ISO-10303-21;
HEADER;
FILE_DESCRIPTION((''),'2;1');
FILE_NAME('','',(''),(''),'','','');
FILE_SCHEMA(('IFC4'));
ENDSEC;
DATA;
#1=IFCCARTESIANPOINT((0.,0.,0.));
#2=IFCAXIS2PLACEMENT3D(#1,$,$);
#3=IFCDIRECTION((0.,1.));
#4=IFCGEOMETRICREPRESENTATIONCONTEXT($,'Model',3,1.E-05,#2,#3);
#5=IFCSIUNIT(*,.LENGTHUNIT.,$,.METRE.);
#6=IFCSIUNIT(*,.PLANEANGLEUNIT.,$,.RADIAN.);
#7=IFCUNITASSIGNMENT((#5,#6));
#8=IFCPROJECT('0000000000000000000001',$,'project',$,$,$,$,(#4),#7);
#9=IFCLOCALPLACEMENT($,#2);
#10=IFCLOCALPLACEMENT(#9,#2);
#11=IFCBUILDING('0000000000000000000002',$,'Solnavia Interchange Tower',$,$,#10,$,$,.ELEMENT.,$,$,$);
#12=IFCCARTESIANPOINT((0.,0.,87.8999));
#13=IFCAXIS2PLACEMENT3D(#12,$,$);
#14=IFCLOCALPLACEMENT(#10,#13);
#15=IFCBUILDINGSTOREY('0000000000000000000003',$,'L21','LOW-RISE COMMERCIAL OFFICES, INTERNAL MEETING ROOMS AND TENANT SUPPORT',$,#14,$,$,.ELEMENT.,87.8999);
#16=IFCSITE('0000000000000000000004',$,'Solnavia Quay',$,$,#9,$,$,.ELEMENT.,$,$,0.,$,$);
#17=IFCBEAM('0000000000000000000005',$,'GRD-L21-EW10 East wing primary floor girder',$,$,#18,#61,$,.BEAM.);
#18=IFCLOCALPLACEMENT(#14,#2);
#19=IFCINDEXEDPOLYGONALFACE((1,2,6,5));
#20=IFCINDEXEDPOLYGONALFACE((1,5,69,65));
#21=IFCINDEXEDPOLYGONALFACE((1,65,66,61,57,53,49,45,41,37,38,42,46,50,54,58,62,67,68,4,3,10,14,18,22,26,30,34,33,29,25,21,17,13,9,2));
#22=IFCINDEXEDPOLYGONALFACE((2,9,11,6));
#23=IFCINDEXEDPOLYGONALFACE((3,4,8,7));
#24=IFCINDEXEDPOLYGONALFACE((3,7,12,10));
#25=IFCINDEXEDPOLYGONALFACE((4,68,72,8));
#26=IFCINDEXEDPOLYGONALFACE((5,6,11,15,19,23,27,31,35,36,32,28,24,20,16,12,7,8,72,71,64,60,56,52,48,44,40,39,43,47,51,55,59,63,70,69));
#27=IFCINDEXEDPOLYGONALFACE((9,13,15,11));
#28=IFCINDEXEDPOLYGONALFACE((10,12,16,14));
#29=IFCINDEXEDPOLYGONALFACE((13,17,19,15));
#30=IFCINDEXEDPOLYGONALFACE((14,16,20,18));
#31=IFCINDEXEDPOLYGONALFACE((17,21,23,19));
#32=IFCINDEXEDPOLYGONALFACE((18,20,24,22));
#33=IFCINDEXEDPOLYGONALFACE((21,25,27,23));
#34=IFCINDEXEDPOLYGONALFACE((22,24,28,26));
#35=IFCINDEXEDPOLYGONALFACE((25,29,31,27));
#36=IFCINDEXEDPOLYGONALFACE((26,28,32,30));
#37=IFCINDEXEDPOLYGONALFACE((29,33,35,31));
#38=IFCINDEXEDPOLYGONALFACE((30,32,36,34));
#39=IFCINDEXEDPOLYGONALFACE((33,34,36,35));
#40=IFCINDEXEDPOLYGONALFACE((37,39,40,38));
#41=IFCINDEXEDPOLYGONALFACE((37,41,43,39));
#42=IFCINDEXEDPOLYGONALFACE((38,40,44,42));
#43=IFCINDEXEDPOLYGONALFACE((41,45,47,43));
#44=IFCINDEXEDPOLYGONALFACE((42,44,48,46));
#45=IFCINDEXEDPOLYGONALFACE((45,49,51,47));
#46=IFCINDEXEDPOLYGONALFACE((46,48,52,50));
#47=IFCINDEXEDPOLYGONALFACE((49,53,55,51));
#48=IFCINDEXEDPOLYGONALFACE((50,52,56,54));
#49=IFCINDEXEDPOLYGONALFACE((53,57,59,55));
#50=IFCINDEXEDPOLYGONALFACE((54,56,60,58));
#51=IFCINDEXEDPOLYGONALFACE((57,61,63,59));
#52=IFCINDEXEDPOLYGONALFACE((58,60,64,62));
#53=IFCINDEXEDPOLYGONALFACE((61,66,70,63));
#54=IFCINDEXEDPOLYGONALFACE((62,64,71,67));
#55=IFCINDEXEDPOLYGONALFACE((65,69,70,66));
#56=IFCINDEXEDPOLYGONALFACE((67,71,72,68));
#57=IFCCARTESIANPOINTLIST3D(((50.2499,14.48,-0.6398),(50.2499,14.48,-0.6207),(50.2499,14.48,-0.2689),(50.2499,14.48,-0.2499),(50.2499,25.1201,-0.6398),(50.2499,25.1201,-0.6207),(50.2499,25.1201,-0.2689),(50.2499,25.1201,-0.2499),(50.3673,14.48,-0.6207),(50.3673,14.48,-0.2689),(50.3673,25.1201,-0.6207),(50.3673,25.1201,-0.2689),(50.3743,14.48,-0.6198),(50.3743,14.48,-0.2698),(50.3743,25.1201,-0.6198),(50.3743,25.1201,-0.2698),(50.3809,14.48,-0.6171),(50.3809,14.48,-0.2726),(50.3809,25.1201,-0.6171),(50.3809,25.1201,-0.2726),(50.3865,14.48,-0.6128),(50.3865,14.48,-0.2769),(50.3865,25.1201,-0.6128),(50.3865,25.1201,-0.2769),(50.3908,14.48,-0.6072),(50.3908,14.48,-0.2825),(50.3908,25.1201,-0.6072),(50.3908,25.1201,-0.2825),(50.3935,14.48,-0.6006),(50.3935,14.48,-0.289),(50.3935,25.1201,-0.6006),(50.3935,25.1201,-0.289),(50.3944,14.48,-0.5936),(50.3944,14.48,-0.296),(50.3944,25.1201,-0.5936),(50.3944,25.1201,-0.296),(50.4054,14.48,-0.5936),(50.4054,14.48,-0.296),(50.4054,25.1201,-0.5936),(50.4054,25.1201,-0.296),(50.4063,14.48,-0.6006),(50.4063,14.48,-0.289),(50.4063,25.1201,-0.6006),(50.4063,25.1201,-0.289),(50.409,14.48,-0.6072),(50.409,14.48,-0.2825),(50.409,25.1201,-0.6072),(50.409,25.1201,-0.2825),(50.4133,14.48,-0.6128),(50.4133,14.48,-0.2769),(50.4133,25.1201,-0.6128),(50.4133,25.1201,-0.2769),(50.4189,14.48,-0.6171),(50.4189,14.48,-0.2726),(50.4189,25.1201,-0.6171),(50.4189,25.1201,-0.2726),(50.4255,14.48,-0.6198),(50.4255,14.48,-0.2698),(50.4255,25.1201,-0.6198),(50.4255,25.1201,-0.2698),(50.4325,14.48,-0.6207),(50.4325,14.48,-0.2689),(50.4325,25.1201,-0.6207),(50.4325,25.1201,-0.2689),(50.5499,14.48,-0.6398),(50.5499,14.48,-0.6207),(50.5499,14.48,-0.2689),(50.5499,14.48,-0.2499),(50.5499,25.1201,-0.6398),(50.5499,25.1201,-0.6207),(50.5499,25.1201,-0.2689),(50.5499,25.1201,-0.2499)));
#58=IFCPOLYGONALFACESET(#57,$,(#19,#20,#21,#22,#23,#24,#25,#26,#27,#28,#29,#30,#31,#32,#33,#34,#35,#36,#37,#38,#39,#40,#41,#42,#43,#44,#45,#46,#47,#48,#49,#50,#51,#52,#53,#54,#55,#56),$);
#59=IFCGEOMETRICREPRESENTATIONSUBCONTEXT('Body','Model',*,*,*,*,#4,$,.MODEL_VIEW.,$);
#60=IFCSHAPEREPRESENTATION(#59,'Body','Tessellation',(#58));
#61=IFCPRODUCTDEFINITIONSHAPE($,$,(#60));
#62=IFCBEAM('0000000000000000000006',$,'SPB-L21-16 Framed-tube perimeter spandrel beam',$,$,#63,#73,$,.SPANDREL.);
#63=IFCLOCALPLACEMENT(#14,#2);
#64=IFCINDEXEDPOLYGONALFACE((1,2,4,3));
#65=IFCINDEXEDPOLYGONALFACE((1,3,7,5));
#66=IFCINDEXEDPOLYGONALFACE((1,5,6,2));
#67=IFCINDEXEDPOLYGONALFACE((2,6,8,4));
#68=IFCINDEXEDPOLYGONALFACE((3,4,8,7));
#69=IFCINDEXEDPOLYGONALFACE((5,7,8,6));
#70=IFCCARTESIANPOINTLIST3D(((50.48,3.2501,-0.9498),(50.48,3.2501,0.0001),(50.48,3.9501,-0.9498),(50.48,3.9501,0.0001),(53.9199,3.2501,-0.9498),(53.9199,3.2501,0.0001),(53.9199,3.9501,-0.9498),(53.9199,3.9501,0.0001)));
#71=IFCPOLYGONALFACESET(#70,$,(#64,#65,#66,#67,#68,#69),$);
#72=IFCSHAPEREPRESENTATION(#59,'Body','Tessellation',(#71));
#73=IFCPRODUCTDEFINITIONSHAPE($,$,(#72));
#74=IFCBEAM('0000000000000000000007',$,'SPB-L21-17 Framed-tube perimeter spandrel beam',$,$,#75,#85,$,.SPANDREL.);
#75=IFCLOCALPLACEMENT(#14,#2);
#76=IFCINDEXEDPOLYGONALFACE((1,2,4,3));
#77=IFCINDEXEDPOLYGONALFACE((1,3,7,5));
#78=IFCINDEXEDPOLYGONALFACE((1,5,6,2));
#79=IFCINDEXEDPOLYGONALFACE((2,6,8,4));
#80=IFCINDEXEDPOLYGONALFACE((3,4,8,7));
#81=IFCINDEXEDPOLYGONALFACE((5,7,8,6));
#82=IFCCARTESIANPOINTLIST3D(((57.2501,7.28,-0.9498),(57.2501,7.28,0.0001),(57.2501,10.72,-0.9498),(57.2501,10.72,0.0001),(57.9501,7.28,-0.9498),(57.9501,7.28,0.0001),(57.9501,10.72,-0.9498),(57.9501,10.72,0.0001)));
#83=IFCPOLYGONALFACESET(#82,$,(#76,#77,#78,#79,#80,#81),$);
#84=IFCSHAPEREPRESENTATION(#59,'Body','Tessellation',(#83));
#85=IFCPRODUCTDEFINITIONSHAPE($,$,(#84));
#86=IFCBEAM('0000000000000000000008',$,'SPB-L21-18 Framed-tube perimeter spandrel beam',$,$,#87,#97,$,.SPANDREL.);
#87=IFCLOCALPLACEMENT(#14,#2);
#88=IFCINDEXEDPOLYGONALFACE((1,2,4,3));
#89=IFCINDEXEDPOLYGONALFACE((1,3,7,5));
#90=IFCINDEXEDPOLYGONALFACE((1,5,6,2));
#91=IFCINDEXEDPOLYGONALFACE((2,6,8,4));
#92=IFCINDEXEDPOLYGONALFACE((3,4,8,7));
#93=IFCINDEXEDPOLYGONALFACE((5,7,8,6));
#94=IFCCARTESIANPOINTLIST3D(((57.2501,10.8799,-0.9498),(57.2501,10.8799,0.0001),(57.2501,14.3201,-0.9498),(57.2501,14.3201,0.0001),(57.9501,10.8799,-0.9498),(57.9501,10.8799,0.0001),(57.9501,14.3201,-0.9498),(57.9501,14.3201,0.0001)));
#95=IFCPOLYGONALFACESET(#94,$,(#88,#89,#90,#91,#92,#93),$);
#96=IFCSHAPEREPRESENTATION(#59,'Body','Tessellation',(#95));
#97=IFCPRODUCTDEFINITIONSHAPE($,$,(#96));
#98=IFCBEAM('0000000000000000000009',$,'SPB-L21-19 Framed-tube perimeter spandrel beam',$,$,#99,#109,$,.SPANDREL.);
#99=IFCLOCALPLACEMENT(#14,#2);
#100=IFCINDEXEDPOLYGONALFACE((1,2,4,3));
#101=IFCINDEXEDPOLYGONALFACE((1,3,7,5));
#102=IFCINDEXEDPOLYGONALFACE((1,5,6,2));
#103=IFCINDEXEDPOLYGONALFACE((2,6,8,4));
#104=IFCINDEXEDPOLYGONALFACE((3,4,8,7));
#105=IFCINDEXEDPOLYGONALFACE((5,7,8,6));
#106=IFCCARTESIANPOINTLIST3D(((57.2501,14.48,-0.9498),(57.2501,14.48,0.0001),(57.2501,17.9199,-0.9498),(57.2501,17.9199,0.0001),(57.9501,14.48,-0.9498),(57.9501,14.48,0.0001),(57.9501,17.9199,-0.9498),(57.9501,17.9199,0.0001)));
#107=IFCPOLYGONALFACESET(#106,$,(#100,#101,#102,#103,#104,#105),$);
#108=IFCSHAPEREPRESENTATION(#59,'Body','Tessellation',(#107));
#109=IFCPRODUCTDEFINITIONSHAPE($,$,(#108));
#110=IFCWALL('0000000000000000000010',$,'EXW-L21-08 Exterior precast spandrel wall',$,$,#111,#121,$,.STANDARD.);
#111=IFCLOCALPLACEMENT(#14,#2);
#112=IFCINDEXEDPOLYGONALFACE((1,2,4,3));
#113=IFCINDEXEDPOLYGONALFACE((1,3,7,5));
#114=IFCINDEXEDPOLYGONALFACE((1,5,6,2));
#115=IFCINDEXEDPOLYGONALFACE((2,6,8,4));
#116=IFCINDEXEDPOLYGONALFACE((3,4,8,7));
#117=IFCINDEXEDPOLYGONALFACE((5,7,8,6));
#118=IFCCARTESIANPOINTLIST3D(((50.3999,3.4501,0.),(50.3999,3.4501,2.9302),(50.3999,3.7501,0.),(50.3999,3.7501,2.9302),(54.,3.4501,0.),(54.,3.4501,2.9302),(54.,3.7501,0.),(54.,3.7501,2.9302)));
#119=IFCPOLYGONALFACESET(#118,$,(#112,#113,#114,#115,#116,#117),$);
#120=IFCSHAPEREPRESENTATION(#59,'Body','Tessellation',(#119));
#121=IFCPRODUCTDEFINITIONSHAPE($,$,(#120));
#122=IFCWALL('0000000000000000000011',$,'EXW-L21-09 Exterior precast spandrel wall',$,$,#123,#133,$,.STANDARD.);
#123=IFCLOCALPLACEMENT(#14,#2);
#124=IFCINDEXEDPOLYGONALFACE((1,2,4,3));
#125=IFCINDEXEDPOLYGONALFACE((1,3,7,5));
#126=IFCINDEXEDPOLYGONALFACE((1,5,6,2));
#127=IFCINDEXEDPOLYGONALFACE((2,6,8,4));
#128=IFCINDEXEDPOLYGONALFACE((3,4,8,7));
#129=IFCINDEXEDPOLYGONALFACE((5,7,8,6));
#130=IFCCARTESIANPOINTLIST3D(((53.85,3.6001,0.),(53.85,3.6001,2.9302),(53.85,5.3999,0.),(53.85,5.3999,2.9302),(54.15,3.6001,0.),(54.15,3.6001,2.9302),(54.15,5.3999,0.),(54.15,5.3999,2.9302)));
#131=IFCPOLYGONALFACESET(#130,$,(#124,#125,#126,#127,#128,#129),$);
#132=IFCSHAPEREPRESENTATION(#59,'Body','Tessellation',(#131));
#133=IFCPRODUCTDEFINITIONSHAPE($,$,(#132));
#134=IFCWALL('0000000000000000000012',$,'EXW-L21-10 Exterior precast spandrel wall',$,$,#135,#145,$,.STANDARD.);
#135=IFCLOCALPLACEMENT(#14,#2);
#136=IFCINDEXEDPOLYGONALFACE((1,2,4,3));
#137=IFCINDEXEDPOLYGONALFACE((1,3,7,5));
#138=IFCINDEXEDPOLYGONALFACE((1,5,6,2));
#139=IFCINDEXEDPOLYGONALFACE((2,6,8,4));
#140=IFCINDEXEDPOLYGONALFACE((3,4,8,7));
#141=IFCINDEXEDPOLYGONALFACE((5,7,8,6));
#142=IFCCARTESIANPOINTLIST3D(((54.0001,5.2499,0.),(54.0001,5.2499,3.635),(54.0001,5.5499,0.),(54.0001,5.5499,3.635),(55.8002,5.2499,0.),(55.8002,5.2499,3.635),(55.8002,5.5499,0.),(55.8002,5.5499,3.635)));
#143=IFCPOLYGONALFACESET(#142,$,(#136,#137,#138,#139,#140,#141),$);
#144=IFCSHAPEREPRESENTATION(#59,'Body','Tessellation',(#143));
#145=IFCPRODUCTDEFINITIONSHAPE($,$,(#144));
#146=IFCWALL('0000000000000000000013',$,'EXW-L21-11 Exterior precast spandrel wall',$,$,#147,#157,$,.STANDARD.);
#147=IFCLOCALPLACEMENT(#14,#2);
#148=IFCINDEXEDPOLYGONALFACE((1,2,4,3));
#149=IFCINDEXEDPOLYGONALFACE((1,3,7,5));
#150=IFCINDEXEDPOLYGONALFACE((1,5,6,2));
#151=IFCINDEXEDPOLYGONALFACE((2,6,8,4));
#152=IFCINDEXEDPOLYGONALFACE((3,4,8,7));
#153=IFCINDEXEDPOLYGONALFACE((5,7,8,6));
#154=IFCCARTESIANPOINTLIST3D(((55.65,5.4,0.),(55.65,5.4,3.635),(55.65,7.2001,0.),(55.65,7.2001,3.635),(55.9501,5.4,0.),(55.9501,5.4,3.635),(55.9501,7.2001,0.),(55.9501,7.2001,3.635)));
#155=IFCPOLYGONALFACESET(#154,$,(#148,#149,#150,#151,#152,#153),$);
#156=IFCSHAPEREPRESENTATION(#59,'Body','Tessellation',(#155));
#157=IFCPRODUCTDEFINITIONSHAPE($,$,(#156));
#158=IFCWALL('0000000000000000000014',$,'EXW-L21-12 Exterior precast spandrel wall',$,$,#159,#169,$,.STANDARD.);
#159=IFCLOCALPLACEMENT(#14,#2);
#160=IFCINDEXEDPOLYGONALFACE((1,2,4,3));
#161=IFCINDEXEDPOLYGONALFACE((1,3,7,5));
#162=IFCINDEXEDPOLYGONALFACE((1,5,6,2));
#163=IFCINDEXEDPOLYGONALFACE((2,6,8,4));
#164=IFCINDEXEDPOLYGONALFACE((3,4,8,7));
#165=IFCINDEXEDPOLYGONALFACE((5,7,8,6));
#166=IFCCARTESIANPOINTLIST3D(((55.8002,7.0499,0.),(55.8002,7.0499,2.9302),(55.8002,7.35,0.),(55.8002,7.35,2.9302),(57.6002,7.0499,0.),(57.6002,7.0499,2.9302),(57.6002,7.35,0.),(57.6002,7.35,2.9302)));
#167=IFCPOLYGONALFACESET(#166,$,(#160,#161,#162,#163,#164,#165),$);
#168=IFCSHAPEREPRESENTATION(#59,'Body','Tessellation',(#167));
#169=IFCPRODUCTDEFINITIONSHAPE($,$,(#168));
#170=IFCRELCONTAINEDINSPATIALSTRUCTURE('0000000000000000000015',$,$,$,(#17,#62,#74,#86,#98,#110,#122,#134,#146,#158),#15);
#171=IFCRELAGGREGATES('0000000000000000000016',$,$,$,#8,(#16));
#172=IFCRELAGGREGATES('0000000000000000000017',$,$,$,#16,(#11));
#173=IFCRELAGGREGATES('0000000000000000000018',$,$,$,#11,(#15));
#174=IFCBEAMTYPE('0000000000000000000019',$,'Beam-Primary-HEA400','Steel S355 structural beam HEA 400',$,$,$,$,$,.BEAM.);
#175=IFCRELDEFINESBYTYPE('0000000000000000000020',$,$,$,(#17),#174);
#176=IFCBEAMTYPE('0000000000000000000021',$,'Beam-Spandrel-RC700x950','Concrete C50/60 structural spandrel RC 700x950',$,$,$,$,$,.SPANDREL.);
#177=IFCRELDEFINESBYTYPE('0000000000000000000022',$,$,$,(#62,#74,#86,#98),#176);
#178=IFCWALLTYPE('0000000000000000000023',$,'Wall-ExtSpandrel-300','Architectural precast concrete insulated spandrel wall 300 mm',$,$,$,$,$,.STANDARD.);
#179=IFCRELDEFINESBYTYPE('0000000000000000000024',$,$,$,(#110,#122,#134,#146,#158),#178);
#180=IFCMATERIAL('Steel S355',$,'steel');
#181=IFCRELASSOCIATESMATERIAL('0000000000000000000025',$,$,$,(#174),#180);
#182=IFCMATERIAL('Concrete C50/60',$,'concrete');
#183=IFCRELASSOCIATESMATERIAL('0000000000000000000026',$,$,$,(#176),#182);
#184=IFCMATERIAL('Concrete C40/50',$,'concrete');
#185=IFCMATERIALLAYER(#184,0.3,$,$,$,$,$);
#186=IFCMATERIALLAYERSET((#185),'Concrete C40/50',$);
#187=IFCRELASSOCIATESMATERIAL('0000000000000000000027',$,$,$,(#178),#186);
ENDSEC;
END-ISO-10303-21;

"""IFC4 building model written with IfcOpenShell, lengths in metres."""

from ifc_helpers import new_model, si_unit, direction, frame, frame_2d, origin, origin_2d, place, context, subcontext, project, spatial, rectangle, i_section, extrude, material, layer, layer_set, material_profile, profile_set, type_object, element, save


model = new_model("IFC4")

# Units and contexts
model_context = context("Model", 3, precision=1e-05, world=origin(), true_north=direction((0.0, 1.0)))
body_context = subcontext(model_context, "Body", "Model", "MODEL_VIEW")
ifc_project = project(units=[si_unit("LENGTHUNIT", "METRE"), si_unit("PLANEANGLEUNIT", "RADIAN")], contexts=[model_context])

# Site, building, storey
site_placement = place(None, origin())
site = spatial("IfcSite", under=ifc_project, at=site_placement, Name="Solnavia Quay", CompositionType="ELEMENT", RefElevation=0.0)
building_placement = place(site_placement, origin())
building = spatial("IfcBuilding", under=site, at=building_placement, Name="Solnavia Interchange Tower", CompositionType="ELEMENT")
storey_placement = place(building_placement, frame((0.0, 0.0, 87.8999)))
storey = spatial("IfcBuildingStorey", under=building, at=storey_placement, Name="L21", Description="LOW-RISE COMMERCIAL OFFICES, INTERNAL MEETING ROOMS AND TENANT SUPPORT", CompositionType="ELEMENT", Elevation=87.8999)

# Shared definitions
ifc_material_1 = material(Name="Concrete C50/60", Category="concrete")
ifc_material_2 = material(Name="Steel S355", Category="steel")

# Beams
ifc_material_profile_1 = material_profile(ifc_material_2, i_section(OverallWidth=0.3, OverallDepth=0.3899, WebThickness=0.011, FlangeThickness=0.019, FilletRadius=0.0271, at=origin_2d()), Name="HEA 400")
ifc_profile_set_1 = profile_set([ifc_material_profile_1], Name="Steel S355")
beam_type_1 = type_object("IfcBeamType", Name="Beam-Primary-HEA400", Description="Steel S355 structural beam HEA 400", PredefinedType="BEAM", material=ifc_profile_set_1)
for number, where, z_axis, x_axis, name in (
    (1, (50.3999, 14.48, -0.4448), (0.0, 1.0, 0.0), (-1.0, 0.0, 0.0), "GRD-L21-EW10 East wing primary floor girder"),
):
    element("IfcBeam", number, at=place(storey_placement, frame(where, z_axis=z_axis, x_axis=x_axis)), inside=storey, type_object=beam_type_1, Name=name, PredefinedType="BEAM", context=body_context, shape_type="SweptSolid", body=[
        extrude(i_section(OverallWidth=0.3, OverallDepth=0.3899, WebThickness=0.011, FlangeThickness=0.019, FilletRadius=0.0271, at=origin_2d()), origin(), (0.0, 0.0, 1.0), 10.6401),
    ])
ifc_material_profile_2 = material_profile(ifc_material_1, rectangle(XDim=0.7, YDim=0.95, at=origin_2d()), Name="RC 700x950")
ifc_profile_set_2 = profile_set([ifc_material_profile_2], Name="Concrete C50/60")
beam_type_2 = type_object("IfcBeamType", Name="Beam-Spandrel-RC700x950", Description="Concrete C50/60 structural spandrel RC 700x950", PredefinedType="SPANDREL", material=ifc_profile_set_2)
for number, where, z_axis, x_axis, name in (
    (2, (50.48, 3.6001, -0.4749), (1.0, 0.0, 0.0), (0.0, 1.0, 0.0), "SPB-L21-16 Framed-tube perimeter spandrel beam"),
    (3, (57.6001, 7.28, -0.4749), (0.0, 1.0, 0.0), (-1.0, 0.0, 0.0), "SPB-L21-17 Framed-tube perimeter spandrel beam"),
):
    element("IfcBeam", number, at=place(storey_placement, frame(where, z_axis=z_axis, x_axis=x_axis)), inside=storey, type_object=beam_type_2, Name=name, PredefinedType="SPANDREL", context=body_context, shape_type="SweptSolid", body=[
        extrude(rectangle(XDim=0.7, YDim=0.95, at=origin_2d()), origin(), (0.0, 0.0, 1.0), 3.4399),
    ])
beam_1_placement = place(storey_placement, frame((57.6001, 10.8799, -0.4749), z_axis=(0.0, 1.0, 0.0), x_axis=(-1.0, 0.0, 0.0)))
element("IfcBeam", 4, at=beam_1_placement, inside=storey, type_object=beam_type_2, Name="SPB-L21-18 Framed-tube perimeter spandrel beam", PredefinedType="SPANDREL", context=body_context, shape_type="SweptSolid", body=[
    extrude(rectangle(XDim=0.7, YDim=0.95, at=origin_2d()), origin(), (0.0, 0.0, 1.0), 3.4402),
])
beam_2_placement = place(storey_placement, frame((57.6001, 14.48, -0.4749), z_axis=(0.0, 1.0, 0.0), x_axis=(-1.0, 0.0, 0.0)))
element("IfcBeam", 5, at=beam_2_placement, inside=storey, type_object=beam_type_2, Name="SPB-L21-19 Framed-tube perimeter spandrel beam", PredefinedType="SPANDREL", context=body_context, shape_type="SweptSolid", body=[
    extrude(rectangle(XDim=0.7, YDim=0.95, at=origin_2d()), origin(), (0.0, 0.0, 1.0), 3.4399),
])

# Walls
ifc_material_3 = material(Name="Concrete C40/50", Category="concrete")
ifc_layer_1 = layer(ifc_material_3, 0.3)
ifc_layer_set_1 = layer_set([ifc_layer_1], Name="Concrete C40/50")
wall_type_1 = type_object("IfcWallType", Name="Wall-ExtSpandrel-300", Description="Architectural precast concrete insulated spandrel wall 300 mm", PredefinedType="STANDARD", material=ifc_layer_set_1)
wall_1_placement = place(storey_placement, frame((54.0, 3.6001, 0.0), z_axis=(0.0, 0.0, 1.0), x_axis=(-1.0, 0.0, 0.0)))
element("IfcWall", 6, at=wall_1_placement, inside=storey, type_object=wall_type_1, Name="EXW-L21-08 Exterior precast spandrel wall", PredefinedType="STANDARD", context=body_context, shape_type="SweptSolid", body=[
    extrude(rectangle(XDim=3.6001, YDim=0.3, at=frame_2d((1.8, 0.0))), origin(), (0.0, 0.0, 1.0), 2.9302),
])
wall_2_placement = place(storey_placement, frame((54.0, 5.3999, 0.0), z_axis=(0.0, 0.0, 1.0), x_axis=(0.0, -1.0, 0.0)))
element("IfcWall", 7, at=wall_2_placement, inside=storey, type_object=wall_type_1, Name="EXW-L21-09 Exterior precast spandrel wall", PredefinedType="STANDARD", context=body_context, shape_type="SweptSolid", body=[
    extrude(rectangle(XDim=1.7998, YDim=0.3, at=frame_2d((0.8999, 0.0))), origin(), (0.0, 0.0, 1.0), 2.9302),
])
for number, where, z_axis, x_axis, name in (
    (8, (55.8, 5.3999, 0.0), (0.0, 0.0, 1.0), (-1.0, 0.0, 0.0), "EXW-L21-10 Exterior precast spandrel wall"),
    (9, (55.8, 7.2, 0.0), (0.0, 0.0, 1.0), (0.0, -1.0, 0.0), "EXW-L21-11 Exterior precast spandrel wall"),
):
    element("IfcWall", number, at=place(storey_placement, frame(where, z_axis=z_axis, x_axis=x_axis)), inside=storey, type_object=wall_type_1, Name=name, PredefinedType="STANDARD", context=body_context, shape_type="SweptSolid", body=[
        extrude(rectangle(XDim=1.8, YDim=0.3, at=frame_2d((0.8999, 0.0))), origin(), (0.0, 0.0, 1.0), 3.635),
    ])
wall_3_placement = place(storey_placement, frame((57.6001, 7.2, 0.0), z_axis=(0.0, 0.0, 1.0), x_axis=(-1.0, 0.0, 0.0)))
element("IfcWall", 10, at=wall_3_placement, inside=storey, type_object=wall_type_1, Name="EXW-L21-12 Exterior precast spandrel wall", PredefinedType="STANDARD", context=body_context, shape_type="SweptSolid", body=[
    extrude(rectangle(XDim=1.8, YDim=0.3, at=frame_2d((0.8999, 0.0))), origin(), (0.0, 0.0, 1.0), 2.9302),
])

save(model, "model.ifc")
